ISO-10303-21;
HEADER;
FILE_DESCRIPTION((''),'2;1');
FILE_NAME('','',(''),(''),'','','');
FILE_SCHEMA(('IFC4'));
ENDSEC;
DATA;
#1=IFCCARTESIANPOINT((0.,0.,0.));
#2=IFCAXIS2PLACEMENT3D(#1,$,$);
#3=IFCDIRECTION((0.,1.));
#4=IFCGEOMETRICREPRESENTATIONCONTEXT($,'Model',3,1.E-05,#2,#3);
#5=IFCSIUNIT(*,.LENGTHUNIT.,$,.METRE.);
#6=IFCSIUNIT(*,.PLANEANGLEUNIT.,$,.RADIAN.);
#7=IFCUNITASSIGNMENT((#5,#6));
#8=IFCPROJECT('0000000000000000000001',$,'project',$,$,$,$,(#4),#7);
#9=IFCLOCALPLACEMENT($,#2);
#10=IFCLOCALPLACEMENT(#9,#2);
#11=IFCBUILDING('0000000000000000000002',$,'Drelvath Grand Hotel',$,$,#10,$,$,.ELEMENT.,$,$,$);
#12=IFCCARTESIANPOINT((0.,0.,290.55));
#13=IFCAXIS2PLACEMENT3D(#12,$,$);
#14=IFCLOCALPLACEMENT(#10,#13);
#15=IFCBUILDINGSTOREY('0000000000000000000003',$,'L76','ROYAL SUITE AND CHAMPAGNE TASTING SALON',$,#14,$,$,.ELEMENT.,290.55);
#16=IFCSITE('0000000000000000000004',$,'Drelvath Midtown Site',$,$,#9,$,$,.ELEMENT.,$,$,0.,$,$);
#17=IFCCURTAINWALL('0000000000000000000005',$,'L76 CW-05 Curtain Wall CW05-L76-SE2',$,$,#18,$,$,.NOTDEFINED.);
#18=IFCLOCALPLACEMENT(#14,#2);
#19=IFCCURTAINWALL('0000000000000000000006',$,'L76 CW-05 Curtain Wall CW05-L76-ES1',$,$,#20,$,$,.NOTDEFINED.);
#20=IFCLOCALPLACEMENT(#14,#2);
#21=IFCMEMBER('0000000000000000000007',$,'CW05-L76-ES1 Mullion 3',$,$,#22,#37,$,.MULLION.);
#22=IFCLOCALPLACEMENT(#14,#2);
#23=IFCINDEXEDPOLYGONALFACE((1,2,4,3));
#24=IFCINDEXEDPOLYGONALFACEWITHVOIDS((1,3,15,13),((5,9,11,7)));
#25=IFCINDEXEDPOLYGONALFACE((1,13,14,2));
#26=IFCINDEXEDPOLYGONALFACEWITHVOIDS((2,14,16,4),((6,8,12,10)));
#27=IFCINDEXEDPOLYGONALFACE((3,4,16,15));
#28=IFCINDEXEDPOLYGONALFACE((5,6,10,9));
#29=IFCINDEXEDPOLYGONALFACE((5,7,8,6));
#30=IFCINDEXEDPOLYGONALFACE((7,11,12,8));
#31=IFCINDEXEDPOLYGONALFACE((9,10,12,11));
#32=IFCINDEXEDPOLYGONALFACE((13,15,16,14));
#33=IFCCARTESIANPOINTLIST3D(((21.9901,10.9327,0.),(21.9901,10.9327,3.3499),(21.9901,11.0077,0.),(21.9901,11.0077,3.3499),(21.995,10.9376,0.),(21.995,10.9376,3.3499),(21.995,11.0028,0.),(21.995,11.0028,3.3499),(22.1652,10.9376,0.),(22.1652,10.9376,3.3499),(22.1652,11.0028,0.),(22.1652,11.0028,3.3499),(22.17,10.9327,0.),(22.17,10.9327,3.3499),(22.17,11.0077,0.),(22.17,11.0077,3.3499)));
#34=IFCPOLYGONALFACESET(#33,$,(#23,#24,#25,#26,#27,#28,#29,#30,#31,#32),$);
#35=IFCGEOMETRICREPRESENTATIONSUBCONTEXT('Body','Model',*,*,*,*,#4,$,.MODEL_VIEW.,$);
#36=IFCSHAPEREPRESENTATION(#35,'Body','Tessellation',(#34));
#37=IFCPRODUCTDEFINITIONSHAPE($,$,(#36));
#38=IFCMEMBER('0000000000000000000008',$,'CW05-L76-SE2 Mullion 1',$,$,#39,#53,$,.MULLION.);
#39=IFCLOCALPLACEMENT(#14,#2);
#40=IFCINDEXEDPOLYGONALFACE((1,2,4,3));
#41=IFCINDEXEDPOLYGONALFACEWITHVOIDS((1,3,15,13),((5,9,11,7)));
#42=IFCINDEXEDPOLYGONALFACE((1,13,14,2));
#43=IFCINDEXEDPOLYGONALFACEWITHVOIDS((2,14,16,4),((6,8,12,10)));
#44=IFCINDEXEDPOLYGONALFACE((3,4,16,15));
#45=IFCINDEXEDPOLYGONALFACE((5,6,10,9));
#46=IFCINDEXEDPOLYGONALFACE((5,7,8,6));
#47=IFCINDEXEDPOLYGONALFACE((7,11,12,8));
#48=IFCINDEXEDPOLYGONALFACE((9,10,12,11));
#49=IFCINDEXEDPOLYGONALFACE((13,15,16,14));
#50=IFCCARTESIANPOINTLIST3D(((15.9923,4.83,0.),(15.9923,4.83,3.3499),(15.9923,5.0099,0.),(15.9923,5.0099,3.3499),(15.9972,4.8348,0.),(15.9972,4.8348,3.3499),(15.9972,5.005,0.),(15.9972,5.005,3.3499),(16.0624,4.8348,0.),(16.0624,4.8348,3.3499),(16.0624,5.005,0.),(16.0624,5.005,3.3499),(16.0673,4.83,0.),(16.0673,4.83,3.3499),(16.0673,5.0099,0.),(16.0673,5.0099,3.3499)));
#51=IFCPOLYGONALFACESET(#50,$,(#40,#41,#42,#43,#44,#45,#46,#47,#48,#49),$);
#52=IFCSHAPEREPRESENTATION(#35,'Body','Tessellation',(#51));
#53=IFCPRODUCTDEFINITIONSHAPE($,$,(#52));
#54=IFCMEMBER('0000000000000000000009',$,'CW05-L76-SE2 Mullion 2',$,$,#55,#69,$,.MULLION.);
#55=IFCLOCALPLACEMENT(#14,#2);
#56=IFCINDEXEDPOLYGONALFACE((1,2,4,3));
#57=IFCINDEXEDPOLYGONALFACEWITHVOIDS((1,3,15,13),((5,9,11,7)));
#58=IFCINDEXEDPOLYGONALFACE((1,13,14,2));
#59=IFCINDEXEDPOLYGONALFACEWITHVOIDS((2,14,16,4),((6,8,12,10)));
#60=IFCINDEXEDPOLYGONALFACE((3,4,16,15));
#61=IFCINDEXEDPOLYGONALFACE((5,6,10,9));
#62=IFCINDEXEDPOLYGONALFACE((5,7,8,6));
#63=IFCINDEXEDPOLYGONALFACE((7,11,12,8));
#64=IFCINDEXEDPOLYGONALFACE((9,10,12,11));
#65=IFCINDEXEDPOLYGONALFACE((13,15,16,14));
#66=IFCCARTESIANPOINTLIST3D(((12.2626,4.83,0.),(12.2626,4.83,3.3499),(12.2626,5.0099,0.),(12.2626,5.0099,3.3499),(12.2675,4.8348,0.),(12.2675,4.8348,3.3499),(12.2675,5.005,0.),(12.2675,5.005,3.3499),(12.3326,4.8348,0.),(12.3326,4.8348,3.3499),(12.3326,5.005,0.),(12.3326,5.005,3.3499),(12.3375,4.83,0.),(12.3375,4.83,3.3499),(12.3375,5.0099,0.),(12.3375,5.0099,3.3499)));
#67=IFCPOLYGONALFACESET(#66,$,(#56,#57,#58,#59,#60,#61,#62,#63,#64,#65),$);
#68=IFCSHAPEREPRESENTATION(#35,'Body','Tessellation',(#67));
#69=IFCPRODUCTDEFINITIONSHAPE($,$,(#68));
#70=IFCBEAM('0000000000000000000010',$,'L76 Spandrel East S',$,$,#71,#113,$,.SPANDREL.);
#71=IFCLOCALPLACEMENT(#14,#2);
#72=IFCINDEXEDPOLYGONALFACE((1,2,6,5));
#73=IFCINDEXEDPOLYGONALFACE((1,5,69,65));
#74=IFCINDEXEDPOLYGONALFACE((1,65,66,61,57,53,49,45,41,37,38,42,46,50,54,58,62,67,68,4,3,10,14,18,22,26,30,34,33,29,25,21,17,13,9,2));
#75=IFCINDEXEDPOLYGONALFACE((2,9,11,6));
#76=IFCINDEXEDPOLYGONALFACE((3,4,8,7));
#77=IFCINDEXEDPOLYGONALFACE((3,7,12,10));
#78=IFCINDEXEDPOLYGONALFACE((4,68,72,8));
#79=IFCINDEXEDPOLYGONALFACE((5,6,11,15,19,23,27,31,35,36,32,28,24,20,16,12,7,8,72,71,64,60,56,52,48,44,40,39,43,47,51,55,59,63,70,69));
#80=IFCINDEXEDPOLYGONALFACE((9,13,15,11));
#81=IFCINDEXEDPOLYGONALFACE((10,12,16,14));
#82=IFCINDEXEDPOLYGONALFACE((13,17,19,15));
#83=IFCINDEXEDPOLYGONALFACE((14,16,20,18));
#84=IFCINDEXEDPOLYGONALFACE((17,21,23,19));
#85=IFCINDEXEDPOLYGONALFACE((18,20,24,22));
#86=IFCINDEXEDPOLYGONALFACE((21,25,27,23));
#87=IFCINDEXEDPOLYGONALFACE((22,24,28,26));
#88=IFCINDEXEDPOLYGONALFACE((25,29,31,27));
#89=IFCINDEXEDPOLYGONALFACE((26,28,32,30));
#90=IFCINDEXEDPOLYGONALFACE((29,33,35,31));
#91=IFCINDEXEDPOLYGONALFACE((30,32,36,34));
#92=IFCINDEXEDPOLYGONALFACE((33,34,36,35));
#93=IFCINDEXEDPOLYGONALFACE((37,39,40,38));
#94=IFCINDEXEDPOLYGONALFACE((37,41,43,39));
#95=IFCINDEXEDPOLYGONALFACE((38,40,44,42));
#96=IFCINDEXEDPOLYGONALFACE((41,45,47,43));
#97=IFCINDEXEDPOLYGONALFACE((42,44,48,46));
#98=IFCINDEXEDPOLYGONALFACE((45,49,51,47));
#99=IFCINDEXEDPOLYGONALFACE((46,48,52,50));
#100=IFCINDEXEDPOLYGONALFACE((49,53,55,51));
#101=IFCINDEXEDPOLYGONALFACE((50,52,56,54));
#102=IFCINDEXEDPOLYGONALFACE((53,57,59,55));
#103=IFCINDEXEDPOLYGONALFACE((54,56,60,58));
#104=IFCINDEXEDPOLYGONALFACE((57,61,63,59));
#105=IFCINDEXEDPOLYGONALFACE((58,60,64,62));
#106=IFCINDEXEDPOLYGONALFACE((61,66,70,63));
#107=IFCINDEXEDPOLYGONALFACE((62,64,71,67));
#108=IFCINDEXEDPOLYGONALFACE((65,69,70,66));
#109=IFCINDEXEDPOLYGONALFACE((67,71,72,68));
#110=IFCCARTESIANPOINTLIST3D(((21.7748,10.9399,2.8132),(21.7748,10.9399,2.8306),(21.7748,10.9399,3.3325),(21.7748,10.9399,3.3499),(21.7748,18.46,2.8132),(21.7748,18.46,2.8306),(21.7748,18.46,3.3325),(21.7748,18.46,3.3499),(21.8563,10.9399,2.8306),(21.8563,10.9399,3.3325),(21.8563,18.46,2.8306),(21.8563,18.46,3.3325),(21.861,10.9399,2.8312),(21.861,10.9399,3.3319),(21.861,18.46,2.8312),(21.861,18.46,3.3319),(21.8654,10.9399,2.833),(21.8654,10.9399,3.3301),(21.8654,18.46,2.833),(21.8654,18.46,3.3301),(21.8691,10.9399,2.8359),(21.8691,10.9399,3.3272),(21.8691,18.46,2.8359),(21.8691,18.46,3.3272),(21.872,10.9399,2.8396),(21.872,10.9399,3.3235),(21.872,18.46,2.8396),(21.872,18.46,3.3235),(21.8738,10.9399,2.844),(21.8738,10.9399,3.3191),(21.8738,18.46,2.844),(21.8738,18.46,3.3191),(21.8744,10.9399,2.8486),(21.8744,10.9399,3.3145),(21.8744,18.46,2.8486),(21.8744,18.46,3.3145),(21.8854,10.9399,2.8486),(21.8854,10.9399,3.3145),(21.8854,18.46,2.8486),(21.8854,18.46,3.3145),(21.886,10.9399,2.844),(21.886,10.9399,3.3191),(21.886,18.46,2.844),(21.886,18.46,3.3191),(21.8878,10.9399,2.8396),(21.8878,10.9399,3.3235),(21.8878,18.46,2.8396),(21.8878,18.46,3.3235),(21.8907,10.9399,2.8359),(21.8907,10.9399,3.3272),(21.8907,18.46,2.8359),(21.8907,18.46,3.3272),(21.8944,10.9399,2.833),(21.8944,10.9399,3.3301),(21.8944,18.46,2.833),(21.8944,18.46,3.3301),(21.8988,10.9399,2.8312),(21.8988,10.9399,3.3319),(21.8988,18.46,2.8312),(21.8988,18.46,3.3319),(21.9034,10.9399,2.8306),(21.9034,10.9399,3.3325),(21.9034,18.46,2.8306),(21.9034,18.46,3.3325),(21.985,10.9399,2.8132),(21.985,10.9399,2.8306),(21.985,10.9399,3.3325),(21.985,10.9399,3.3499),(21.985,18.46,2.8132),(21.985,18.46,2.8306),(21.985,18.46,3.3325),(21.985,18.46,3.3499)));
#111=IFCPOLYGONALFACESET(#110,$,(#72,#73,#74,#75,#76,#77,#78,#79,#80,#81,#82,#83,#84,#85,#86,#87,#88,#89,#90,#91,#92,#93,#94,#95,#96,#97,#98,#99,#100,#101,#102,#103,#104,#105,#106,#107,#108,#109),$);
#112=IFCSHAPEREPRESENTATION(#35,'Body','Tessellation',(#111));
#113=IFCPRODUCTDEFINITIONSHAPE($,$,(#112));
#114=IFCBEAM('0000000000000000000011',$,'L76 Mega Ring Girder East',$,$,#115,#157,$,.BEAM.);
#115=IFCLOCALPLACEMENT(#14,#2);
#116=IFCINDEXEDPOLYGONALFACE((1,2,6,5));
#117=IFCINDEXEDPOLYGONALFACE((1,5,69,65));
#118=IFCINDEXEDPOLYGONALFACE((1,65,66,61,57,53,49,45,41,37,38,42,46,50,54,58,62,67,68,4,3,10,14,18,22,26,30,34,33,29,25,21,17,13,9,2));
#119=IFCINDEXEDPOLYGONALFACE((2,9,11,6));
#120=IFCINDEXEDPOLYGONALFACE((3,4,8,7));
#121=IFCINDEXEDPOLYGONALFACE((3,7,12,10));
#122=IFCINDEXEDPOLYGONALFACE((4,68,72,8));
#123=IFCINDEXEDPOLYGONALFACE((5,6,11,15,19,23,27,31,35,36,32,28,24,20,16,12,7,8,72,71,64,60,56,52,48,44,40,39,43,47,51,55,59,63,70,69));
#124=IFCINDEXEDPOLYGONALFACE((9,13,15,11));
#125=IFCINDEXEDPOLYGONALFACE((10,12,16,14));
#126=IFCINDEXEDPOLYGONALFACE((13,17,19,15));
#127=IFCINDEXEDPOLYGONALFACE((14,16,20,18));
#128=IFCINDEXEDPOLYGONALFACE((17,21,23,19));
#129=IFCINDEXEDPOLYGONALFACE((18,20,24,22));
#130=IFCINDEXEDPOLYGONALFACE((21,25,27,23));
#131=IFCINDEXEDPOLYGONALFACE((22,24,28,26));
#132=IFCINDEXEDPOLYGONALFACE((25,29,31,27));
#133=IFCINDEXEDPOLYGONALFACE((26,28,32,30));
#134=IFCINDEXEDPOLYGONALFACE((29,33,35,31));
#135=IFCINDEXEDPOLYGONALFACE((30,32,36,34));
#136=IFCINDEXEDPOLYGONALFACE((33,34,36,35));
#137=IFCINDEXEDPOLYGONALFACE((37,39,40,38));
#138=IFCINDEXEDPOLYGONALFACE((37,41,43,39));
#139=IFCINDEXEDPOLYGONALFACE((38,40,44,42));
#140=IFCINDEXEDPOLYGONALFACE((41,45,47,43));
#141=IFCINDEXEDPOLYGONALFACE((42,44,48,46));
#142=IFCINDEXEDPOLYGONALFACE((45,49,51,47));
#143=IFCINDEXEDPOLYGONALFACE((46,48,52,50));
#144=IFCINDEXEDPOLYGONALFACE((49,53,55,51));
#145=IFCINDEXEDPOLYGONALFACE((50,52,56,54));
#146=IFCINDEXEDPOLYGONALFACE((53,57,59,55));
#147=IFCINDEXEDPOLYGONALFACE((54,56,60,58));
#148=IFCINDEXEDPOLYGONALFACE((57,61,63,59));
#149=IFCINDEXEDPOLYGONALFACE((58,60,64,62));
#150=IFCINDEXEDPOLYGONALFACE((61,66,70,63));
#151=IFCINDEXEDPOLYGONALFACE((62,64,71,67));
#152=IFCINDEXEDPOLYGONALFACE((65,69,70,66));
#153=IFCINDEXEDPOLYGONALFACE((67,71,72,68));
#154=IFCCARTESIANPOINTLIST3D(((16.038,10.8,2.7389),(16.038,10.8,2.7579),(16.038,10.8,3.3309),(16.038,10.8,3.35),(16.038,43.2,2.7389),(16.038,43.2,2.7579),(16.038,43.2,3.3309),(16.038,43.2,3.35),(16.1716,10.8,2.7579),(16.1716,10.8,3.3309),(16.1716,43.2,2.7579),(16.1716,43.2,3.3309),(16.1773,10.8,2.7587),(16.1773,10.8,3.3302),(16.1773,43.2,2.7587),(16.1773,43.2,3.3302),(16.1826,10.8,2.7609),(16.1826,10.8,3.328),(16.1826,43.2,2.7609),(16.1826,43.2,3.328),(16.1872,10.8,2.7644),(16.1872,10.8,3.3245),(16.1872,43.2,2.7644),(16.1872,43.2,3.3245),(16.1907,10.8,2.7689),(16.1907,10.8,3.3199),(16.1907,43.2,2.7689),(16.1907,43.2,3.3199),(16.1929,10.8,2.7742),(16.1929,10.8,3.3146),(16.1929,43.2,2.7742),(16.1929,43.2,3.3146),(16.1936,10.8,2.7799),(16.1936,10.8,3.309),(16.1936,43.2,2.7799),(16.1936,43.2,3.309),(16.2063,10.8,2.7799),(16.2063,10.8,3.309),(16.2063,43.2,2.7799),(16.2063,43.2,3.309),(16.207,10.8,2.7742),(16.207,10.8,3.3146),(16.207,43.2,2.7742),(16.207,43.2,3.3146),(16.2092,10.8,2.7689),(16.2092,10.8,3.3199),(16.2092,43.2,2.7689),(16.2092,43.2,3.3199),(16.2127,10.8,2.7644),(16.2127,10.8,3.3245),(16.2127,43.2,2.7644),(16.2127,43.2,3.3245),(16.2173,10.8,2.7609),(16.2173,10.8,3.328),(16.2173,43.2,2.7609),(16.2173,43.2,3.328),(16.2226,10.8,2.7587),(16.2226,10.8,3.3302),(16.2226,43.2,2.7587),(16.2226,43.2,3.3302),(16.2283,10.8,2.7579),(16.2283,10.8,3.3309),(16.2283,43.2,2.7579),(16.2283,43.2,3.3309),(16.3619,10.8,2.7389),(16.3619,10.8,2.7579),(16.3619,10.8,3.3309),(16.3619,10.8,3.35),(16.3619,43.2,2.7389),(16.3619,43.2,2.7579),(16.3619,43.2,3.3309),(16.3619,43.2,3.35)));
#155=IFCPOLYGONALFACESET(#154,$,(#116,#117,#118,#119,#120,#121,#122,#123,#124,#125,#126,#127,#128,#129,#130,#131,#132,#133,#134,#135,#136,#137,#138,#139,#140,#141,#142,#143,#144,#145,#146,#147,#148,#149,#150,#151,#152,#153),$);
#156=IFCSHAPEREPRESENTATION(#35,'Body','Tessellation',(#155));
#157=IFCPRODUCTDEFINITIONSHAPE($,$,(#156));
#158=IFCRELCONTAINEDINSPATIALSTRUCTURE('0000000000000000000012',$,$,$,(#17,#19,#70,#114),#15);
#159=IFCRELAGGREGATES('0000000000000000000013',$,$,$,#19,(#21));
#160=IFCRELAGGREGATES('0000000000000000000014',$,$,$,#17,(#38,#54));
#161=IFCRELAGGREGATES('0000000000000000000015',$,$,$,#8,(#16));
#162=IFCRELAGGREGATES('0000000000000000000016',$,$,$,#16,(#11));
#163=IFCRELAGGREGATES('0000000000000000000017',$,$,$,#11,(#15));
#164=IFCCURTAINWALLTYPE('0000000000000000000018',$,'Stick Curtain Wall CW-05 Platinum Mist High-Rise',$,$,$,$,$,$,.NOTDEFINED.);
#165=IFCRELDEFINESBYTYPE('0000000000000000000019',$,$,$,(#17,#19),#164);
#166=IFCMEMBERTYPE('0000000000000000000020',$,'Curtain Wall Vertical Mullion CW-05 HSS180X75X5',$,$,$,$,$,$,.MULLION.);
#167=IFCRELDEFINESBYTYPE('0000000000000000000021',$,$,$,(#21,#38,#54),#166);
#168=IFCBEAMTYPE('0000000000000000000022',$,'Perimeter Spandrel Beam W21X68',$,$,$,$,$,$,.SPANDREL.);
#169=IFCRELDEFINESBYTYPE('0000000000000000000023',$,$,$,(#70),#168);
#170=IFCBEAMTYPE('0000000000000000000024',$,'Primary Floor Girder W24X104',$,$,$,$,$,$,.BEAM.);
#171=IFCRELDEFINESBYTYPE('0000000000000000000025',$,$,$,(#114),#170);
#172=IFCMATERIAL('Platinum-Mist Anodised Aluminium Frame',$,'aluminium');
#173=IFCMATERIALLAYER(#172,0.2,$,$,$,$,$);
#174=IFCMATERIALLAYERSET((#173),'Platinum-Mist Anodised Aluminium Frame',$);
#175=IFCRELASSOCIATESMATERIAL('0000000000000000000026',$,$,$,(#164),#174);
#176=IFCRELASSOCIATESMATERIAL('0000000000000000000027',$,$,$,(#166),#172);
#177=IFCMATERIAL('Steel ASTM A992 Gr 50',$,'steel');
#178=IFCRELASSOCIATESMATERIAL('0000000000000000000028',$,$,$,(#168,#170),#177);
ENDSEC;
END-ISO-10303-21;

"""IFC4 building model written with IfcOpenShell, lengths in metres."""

from ifc_helpers import new_model, si_unit, direction, frame, origin, origin_2d, place, context, subcontext, project, spatial, hollow_rectangle, i_section, extrude, material, layer, layer_set, material_profile, profile_set, type_object, element, aggregate, save


model = new_model("IFC4")

# Units and contexts
model_context = context("Model", 3, precision=1e-05, world=origin(), true_north=direction((0.0, 1.0)))
body_context = subcontext(model_context, "Body", "Model", "MODEL_VIEW")
ifc_project = project(units=[si_unit("LENGTHUNIT", "METRE"), si_unit("PLANEANGLEUNIT", "RADIAN")], contexts=[model_context])

# Site, building, storey
site_placement = place(None, origin())
site = spatial("IfcSite", under=ifc_project, at=site_placement, Name="Drelvath Midtown Site", CompositionType="ELEMENT", RefElevation=0.0)
building_placement = place(site_placement, origin())
building = spatial("IfcBuilding", under=site, at=building_placement, Name="Drelvath Grand Hotel", CompositionType="ELEMENT")
storey_placement = place(building_placement, frame((0.0, 0.0, 290.55)))
storey = spatial("IfcBuildingStorey", under=building, at=storey_placement, Name="L76", Description="ROYAL SUITE AND CHAMPAGNE TASTING SALON", CompositionType="ELEMENT", Elevation=290.55)

# Shared definitions
ifc_material_1 = material(Name="Steel ASTM A992 Gr 50", Category="steel")

# Curtain walls, member
ifc_material_2 = material(Name="Platinum-Mist Anodised Aluminium Frame", Category="aluminium")
ifc_layer_1 = layer(ifc_material_2, 0.2)
ifc_layer_set_1 = layer_set([ifc_layer_1], Name="Platinum-Mist Anodised Aluminium Frame")
curtain_wall_type = type_object("IfcCurtainWallType", Name="Stick Curtain Wall CW-05 Platinum Mist High-Rise", PredefinedType="NOTDEFINED", material=ifc_layer_set_1)
curtain_wall_1_placement = place(storey_placement, origin())
curtain_wall_1 = element("IfcCurtainWall", 1, at=curtain_wall_1_placement, inside=storey, type_object=curtain_wall_type, Name="L76 CW-05 Curtain Wall CW05-L76-SE2", PredefinedType="NOTDEFINED")
curtain_wall_2_placement = place(storey_placement, origin())
curtain_wall_2 = element("IfcCurtainWall", 2, at=curtain_wall_2_placement, inside=storey, type_object=curtain_wall_type, Name="L76 CW-05 Curtain Wall CW05-L76-ES1", PredefinedType="NOTDEFINED")
ifc_material_profile_1 = material_profile(ifc_material_2, hollow_rectangle(XDim=0.075, YDim=0.1799, WallThickness=0.0049, at=origin_2d()), Name="HSS180X75X5")
ifc_profile_set_1 = profile_set([ifc_material_profile_1], Name="Platinum-Mist Anodised Aluminium Frame")
member_type_1 = type_object("IfcMemberType", Name="Curtain Wall Vertical Mullion CW-05 HSS180X75X5", PredefinedType="MULLION", material=ifc_profile_set_1)
member_1_placement = place(storey_placement, frame((22.0801, 10.9702, 0.0), z_axis=(0.0, 0.0, 1.0), x_axis=(0.0, 1.0, 0.0)))
member_1 = element("IfcMember", 3, at=member_1_placement, type_object=member_type_1, Name="CW05-L76-ES1 Mullion 3", PredefinedType="MULLION", context=body_context, shape_type="SweptSolid", body=[
    extrude(hollow_rectangle(XDim=0.075, YDim=0.1799, WallThickness=0.0049, at=origin_2d()), origin(), (0.0, 0.0, 1.0), 3.3499),
])

# Members
member_2_placement = place(storey_placement, frame((16.0298, 4.9199, 0.0), z_axis=(0.0, 0.0, 1.0), x_axis=(1.0, 0.0, 0.0)))
member_2 = element("IfcMember", 4, at=member_2_placement, type_object=member_type_1, Name="CW05-L76-SE2 Mullion 1", PredefinedType="MULLION", context=body_context, shape_type="SweptSolid", body=[
    extrude(hollow_rectangle(XDim=0.075, YDim=0.1799, WallThickness=0.0049, at=origin_2d()), origin(), (0.0, 0.0, 1.0), 3.3499),
])
member_3_placement = place(storey_placement, frame((12.3, 4.9199, 0.0), z_axis=(0.0, 0.0, 1.0), x_axis=(1.0, 0.0, 0.0)))
member_3 = element("IfcMember", 5, at=member_3_placement, type_object=member_type_1, Name="CW05-L76-SE2 Mullion 2", PredefinedType="MULLION", context=body_context, shape_type="SweptSolid", body=[
    extrude(hollow_rectangle(XDim=0.075, YDim=0.1799, WallThickness=0.0049, at=origin_2d()), origin(), (0.0, 0.0, 1.0), 3.3499),
])

# Beams
ifc_material_profile_2 = material_profile(ifc_material_1, i_section(OverallWidth=0.2102, OverallDepth=0.5366, WebThickness=0.011, FlangeThickness=0.0173, FilletRadius=0.0181, at=origin_2d()), Name="W21X68")
ifc_profile_set_2 = profile_set([ifc_material_profile_2], Name="Steel ASTM A992 Gr 50")
beam_type_1 = type_object("IfcBeamType", Name="Perimeter Spandrel Beam W21X68", PredefinedType="SPANDREL", material=ifc_profile_set_2)
beam_1_placement = place(storey_placement, frame((21.8799, 10.9399, 3.0815), z_axis=(0.0, 1.0, 0.0), x_axis=(-1.0, 0.0, 0.0)))
element("IfcBeam", 6, at=beam_1_placement, inside=storey, type_object=beam_type_1, Name="L76 Spandrel East S", PredefinedType="SPANDREL", context=body_context, shape_type="SweptSolid", body=[
    extrude(i_section(OverallWidth=0.2102, OverallDepth=0.5366, WebThickness=0.011, FlangeThickness=0.0173, FilletRadius=0.0181, at=origin_2d()), origin(), (0.0, 0.0, 1.0), 7.52),
])
ifc_material_profile_3 = material_profile(ifc_material_1, i_section(OverallWidth=0.324, OverallDepth=0.6111, WebThickness=0.0127, FlangeThickness=0.019, FilletRadius=0.022, at=origin_2d()), Name="W24X104")
ifc_profile_set_3 = profile_set([ifc_material_profile_3], Name="Steel ASTM A992 Gr 50")
beam_type_2 = type_object("IfcBeamType", Name="Primary Floor Girder W24X104", PredefinedType="BEAM", material=ifc_profile_set_3)
beam_2_placement = place(storey_placement, frame((16.2, 10.8, 3.0444), z_axis=(0.0, 1.0, 0.0), x_axis=(-1.0, 0.0, 0.0)))
element("IfcBeam", 7, at=beam_2_placement, inside=storey, type_object=beam_type_2, Name="L76 Mega Ring Girder East", PredefinedType="BEAM", context=body_context, shape_type="SweptSolid", body=[
    extrude(i_section(OverallWidth=0.324, OverallDepth=0.6111, WebThickness=0.0127, FlangeThickness=0.019, FilletRadius=0.022, at=origin_2d()), origin(), (0.0, 0.0, 1.0), 32.3999),
])

aggregate(curtain_wall_2, [member_1])
aggregate(curtain_wall_1, [member_2, member_3])

save(model, "model.ifc")
